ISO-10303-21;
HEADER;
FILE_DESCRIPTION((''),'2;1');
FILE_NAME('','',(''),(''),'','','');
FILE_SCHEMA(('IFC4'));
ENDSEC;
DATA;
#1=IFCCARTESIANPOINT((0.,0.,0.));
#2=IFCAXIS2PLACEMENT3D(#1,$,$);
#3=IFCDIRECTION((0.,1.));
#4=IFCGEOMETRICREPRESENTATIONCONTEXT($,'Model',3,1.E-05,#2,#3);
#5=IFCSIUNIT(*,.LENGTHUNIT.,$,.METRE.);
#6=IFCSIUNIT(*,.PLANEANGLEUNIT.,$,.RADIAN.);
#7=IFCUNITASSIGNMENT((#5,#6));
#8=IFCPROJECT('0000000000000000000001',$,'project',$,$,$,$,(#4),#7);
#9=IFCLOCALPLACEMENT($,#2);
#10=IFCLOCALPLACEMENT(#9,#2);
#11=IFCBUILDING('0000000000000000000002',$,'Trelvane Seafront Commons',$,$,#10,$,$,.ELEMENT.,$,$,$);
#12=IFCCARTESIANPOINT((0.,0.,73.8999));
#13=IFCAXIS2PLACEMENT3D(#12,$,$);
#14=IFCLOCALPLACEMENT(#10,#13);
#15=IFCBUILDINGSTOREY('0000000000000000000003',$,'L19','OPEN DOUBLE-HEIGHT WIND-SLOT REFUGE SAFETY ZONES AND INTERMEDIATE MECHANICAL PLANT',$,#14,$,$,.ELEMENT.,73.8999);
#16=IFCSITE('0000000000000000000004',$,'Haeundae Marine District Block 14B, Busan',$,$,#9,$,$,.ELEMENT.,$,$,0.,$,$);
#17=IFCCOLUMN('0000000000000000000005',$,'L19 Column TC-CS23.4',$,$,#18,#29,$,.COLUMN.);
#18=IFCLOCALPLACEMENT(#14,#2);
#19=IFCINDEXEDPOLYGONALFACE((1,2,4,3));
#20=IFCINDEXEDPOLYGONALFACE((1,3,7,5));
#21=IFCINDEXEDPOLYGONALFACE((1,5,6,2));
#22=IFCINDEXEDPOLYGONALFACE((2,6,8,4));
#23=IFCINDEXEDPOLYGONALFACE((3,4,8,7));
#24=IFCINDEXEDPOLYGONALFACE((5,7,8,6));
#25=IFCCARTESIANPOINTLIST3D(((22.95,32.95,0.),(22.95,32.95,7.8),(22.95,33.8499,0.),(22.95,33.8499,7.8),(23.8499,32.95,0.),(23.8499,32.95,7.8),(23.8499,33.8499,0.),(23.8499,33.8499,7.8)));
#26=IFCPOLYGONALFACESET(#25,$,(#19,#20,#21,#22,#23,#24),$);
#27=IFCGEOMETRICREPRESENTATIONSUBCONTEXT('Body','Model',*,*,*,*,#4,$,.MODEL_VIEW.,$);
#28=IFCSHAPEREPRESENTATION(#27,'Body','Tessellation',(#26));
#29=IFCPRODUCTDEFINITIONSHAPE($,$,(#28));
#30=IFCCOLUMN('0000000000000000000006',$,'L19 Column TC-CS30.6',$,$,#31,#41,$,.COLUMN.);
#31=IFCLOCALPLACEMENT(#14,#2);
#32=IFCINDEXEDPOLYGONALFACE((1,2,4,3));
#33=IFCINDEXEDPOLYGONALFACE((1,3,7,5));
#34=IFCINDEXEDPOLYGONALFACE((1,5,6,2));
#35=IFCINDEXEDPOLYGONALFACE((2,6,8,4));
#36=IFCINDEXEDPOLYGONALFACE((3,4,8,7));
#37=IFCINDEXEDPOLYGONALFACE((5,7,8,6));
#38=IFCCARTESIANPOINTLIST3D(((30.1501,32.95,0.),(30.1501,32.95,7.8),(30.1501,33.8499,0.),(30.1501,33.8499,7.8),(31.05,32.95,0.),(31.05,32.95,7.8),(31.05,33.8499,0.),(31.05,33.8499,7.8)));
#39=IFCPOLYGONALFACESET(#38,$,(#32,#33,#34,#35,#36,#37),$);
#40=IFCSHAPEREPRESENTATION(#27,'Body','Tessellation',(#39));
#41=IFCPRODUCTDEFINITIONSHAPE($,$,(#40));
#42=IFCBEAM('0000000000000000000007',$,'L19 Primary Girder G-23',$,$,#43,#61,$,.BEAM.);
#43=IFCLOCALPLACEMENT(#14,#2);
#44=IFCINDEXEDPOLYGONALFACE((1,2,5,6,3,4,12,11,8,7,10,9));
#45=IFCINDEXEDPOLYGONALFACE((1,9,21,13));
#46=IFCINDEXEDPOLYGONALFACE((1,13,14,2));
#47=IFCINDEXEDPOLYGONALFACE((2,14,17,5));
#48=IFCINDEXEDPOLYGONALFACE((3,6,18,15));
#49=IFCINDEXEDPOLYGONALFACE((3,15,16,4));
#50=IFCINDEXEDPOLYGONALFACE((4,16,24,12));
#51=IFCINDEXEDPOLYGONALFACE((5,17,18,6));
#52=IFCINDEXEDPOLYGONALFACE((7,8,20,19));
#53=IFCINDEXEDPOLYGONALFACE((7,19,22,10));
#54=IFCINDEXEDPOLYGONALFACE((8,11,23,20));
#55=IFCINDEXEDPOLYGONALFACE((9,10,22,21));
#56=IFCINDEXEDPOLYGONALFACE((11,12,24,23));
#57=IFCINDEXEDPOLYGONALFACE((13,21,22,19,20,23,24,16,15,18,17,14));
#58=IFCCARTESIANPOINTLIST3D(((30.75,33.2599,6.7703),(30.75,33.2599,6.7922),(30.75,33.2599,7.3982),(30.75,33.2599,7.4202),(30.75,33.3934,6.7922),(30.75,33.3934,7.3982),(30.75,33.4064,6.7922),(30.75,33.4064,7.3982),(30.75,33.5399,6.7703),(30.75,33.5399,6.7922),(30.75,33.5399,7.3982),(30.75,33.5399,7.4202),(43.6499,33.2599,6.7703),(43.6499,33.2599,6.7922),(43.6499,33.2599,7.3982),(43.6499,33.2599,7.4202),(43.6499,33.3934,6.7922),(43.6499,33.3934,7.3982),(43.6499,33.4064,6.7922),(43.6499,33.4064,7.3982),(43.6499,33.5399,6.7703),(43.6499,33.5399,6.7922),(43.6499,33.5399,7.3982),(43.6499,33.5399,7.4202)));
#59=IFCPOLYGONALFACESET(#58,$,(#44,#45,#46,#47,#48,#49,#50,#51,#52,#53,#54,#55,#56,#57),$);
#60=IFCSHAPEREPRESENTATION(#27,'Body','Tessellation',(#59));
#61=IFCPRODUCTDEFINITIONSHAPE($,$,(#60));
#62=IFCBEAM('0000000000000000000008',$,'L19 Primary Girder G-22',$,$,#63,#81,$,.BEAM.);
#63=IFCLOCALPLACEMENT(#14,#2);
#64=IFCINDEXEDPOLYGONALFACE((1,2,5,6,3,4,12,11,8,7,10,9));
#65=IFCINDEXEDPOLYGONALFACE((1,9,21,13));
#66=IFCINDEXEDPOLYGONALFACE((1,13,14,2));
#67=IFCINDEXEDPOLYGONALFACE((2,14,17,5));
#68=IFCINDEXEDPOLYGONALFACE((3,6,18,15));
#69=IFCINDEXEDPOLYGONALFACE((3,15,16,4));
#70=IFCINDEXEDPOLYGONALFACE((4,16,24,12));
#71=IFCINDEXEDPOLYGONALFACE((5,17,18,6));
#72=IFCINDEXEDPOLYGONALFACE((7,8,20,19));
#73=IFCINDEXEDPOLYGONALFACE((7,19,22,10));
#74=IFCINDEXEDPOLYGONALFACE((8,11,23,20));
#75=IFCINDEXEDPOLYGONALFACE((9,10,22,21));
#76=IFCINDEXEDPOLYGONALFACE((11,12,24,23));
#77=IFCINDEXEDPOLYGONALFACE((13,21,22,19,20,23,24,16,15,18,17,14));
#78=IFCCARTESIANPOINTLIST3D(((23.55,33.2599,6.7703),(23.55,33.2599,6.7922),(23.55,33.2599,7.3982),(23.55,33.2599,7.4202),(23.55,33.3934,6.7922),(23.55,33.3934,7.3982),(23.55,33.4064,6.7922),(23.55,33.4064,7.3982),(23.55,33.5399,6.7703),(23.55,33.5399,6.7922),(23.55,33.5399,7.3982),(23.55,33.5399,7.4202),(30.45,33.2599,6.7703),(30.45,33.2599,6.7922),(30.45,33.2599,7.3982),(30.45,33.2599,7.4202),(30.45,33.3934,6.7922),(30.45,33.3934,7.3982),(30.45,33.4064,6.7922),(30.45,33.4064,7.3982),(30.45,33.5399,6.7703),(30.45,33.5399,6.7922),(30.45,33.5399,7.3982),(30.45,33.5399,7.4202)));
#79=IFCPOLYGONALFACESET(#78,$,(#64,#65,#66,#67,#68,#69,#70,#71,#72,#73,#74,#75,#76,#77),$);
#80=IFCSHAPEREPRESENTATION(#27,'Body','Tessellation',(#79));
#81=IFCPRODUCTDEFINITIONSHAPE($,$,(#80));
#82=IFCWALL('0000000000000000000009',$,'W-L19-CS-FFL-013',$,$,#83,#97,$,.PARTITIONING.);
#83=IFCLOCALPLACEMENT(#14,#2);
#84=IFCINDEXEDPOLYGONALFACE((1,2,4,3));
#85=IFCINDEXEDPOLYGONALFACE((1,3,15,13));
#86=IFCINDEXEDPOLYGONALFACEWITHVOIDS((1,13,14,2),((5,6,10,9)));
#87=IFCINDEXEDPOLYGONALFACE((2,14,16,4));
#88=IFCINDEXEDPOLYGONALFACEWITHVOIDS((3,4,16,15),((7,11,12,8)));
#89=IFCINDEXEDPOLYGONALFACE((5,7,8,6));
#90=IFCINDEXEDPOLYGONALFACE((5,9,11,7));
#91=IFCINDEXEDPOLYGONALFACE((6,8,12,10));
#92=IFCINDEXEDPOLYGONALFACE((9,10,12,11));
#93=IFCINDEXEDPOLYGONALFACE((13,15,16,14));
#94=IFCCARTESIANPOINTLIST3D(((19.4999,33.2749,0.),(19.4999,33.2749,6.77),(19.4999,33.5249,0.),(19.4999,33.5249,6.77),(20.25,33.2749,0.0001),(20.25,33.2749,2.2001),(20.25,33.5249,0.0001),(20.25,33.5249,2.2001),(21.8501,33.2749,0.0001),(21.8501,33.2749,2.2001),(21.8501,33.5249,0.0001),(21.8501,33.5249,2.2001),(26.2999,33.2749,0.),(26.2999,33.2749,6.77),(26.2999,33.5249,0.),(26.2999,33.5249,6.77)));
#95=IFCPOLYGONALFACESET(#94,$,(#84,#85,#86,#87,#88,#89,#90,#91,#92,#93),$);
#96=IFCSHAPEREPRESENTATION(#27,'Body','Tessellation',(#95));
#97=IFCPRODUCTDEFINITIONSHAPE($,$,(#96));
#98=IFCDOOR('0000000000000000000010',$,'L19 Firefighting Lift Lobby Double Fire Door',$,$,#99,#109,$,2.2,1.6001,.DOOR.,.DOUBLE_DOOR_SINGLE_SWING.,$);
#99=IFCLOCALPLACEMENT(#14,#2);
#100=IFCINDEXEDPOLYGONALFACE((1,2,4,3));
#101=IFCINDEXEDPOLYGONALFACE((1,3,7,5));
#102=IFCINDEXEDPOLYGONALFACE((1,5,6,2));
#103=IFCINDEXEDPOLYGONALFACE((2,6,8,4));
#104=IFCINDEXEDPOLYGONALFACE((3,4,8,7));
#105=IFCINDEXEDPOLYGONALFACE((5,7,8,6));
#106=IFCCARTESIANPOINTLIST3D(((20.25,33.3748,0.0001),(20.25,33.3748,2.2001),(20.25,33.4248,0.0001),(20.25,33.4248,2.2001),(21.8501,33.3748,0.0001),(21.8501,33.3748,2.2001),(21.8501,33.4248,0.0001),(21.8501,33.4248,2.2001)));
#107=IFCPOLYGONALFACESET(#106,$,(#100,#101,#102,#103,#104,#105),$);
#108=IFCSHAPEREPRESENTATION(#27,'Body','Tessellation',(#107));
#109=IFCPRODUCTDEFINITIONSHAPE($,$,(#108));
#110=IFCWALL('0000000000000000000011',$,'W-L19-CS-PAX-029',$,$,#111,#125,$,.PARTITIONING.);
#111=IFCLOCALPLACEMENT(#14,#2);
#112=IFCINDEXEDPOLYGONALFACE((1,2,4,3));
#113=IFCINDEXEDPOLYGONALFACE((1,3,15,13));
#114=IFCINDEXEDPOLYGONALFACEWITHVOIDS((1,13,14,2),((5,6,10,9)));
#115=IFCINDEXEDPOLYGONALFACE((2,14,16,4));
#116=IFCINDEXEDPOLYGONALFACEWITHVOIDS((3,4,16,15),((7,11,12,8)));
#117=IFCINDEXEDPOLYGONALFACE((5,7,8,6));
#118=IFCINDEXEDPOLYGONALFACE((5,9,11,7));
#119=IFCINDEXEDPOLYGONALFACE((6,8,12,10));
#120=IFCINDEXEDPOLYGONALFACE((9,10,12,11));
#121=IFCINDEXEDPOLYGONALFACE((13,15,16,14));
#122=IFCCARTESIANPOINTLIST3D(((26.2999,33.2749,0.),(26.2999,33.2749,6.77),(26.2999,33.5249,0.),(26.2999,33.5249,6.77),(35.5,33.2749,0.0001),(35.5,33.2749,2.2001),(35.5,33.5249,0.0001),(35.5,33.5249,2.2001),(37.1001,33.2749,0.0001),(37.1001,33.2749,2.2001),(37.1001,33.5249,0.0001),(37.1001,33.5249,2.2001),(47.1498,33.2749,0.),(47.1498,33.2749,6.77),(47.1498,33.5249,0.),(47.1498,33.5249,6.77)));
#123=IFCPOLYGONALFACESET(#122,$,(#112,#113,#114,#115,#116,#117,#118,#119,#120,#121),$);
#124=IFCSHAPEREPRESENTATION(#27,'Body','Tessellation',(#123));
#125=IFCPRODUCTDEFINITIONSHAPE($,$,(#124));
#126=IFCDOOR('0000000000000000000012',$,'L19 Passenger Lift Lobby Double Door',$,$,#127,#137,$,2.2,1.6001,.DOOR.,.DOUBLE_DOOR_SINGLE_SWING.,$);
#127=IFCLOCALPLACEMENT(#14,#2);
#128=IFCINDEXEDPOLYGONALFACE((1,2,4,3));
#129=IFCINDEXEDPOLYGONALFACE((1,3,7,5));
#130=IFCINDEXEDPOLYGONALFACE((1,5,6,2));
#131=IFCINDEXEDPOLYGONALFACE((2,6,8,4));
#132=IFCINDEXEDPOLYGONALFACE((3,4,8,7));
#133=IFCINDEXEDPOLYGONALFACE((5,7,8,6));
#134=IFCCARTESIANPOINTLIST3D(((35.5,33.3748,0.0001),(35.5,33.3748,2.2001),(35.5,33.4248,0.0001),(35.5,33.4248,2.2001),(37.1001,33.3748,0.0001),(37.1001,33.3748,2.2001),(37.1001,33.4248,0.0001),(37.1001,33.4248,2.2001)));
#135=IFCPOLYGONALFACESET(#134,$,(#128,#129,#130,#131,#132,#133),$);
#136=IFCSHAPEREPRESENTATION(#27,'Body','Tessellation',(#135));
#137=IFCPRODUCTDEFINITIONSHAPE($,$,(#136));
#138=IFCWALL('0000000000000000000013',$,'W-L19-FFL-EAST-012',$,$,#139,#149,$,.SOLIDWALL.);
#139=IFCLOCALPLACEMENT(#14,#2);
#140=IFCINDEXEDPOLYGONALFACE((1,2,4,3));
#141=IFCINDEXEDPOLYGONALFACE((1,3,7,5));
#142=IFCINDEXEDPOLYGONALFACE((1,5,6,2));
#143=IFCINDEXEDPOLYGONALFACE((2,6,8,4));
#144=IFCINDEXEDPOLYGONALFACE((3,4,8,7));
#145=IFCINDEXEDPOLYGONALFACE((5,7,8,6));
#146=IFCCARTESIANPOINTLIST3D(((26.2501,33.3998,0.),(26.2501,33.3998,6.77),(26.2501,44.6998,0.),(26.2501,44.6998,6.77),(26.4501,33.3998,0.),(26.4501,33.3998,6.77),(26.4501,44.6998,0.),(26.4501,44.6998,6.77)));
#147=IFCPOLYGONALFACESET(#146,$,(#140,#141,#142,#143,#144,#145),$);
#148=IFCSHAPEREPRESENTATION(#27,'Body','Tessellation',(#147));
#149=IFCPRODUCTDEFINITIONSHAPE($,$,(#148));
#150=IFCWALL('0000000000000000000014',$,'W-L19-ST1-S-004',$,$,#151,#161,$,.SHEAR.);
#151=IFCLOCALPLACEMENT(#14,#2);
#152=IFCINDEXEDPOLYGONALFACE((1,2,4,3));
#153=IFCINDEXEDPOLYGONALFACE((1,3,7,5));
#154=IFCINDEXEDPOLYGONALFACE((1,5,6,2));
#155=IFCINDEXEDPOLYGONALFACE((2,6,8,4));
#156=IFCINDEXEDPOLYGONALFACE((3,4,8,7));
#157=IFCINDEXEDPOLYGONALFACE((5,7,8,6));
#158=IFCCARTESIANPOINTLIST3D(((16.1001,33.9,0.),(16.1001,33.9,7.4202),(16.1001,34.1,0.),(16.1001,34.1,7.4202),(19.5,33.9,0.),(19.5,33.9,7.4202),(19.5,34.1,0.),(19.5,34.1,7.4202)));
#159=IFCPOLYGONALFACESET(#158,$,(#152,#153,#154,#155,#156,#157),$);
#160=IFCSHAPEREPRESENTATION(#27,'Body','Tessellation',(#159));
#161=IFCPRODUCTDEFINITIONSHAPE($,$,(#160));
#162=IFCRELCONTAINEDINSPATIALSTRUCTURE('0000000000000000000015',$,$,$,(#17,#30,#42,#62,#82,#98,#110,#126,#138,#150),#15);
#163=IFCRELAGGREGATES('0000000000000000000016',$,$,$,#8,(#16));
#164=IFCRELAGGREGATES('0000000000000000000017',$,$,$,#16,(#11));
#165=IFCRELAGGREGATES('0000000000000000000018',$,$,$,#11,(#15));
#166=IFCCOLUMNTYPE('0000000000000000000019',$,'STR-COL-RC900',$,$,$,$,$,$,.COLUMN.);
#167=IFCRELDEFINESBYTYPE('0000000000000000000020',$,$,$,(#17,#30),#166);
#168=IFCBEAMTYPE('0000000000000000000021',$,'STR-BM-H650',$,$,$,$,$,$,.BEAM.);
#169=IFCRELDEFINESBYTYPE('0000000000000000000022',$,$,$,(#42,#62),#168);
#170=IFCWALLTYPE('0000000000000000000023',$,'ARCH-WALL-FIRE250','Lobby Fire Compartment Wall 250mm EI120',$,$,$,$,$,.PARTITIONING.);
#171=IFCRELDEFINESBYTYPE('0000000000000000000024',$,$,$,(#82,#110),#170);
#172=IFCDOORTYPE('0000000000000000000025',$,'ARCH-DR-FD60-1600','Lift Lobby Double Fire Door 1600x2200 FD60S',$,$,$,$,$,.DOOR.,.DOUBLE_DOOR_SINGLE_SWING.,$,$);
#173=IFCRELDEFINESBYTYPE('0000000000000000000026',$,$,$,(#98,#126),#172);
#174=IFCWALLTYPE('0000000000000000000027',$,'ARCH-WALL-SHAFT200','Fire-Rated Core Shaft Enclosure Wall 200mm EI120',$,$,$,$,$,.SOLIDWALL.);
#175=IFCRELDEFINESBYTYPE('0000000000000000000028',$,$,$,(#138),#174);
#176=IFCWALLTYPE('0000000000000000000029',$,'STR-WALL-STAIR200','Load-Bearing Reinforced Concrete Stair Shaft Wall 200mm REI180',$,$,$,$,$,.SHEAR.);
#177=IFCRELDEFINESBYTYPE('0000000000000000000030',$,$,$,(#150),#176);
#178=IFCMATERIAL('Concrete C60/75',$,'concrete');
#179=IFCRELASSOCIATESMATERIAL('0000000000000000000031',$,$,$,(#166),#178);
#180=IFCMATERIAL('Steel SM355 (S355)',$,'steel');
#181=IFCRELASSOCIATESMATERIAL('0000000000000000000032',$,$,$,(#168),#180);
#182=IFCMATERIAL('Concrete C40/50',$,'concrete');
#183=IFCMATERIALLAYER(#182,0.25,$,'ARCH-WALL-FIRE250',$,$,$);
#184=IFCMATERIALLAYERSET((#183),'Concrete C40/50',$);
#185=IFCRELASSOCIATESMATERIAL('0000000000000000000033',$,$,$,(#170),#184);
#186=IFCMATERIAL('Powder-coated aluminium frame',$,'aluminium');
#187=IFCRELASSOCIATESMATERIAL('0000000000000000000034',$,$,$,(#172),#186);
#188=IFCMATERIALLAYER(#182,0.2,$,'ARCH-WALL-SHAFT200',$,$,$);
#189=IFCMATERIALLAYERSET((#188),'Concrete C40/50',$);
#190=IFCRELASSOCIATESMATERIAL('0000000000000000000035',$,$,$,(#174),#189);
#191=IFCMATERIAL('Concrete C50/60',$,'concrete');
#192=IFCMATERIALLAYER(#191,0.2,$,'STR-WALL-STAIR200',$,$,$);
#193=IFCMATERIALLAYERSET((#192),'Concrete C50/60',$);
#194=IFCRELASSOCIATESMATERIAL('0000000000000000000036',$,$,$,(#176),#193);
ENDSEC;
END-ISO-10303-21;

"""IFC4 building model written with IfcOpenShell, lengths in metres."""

from ifc_helpers import new_model, si_unit, direction, frame, frame_2d, origin, origin_2d, place, context, subcontext, project, spatial, rectangle, i_section, extrude, source, transform, mapped, material, layer, layer_set, material_profile, profile_set, type_object, element, fill, save


model = new_model("IFC4")

# Units and contexts
model_context = context("Model", 3, precision=1e-05, world=origin(), true_north=direction((0.0, 1.0)))
body_context = subcontext(model_context, "Body", "Model", "MODEL_VIEW")
ifc_project = project(units=[si_unit("LENGTHUNIT", "METRE"), si_unit("PLANEANGLEUNIT", "RADIAN")], contexts=[model_context])

# Site, building, storey
site_placement = place(None, origin())
site = spatial("IfcSite", under=ifc_project, at=site_placement, Name="Haeundae Marine District Block 14B, Busan", CompositionType="ELEMENT", RefElevation=0.0)
building_placement = place(site_placement, origin())
building = spatial("IfcBuilding", under=site, at=building_placement, Name="Trelvane Seafront Commons", CompositionType="ELEMENT")
storey_placement = place(building_placement, frame((0.0, 0.0, 73.8999)))
storey = spatial("IfcBuildingStorey", under=building, at=storey_placement, Name="L19", Description="OPEN DOUBLE-HEIGHT WIND-SLOT REFUGE SAFETY ZONES AND INTERMEDIATE MECHANICAL PLANT", CompositionType="ELEMENT", Elevation=73.8999)

# Columns
ifc_material_1 = material(Name="Concrete C60/75", Category="concrete")
ifc_material_profile_1 = material_profile(ifc_material_1, rectangle(XDim=0.8999, YDim=0.8999, at=origin_2d()), Name="RC-900x900")
ifc_profile_set_1 = profile_set([ifc_material_profile_1], Name="Concrete C60/75")
column_type = type_object("IfcColumnType", Name="STR-COL-RC900", PredefinedType="COLUMN", material=ifc_profile_set_1)
shared_shape_1 = source(origin(), body_context, "Body", "SweptSolid", [
    extrude(rectangle(XDim=0.8999, YDim=0.8999, at=origin_2d()), origin(), (0.0, 0.0, 1.0), 7.8),
])
for number, where, z_axis, x_axis, name in (
    (1, (23.3999, 33.3999, 0.0), (0.0, 0.0, 1.0), (1.0, 0.0, 0.0), "L19 Column TC-CS23.4"),
    (2, (30.6001, 33.3999, 0.0), (0.0, 0.0, 1.0), (1.0, 0.0, 0.0), "L19 Column TC-CS30.6"),
):
    element("IfcColumn", number, at=place(storey_placement, frame(where, z_axis=z_axis, x_axis=x_axis)), inside=storey, type_object=column_type, Name=name, PredefinedType="COLUMN", context=body_context, shape_type="MappedRepresentation", body=[
        mapped(shared_shape_1, transform((0.0, 0.0, 0.0), x_axis=(1.0, 0.0, 0.0), y_axis=(0.0, 1.0, 0.0), z_axis=(0.0, 0.0, 1.0), scale=1.0)),
    ])

# Beams
ifc_material_2 = material(Name="Steel SM355 (S355)", Category="steel")
ifc_material_profile_2 = material_profile(ifc_material_2, i_section(OverallWidth=0.28, OverallDepth=0.6499, WebThickness=0.0129, FlangeThickness=0.022, at=origin_2d()), Name="H-650x280x13x22")
ifc_profile_set_2 = profile_set([ifc_material_profile_2], Name="Steel SM355 (S355)")
beam_type = type_object("IfcBeamType", Name="STR-BM-H650", PredefinedType="BEAM", material=ifc_profile_set_2)
shared_shape_2 = source(origin(), body_context, "Body", "SweptSolid", [
    extrude(i_section(OverallWidth=0.28, OverallDepth=0.6499, WebThickness=0.0129, FlangeThickness=0.022, at=origin_2d()), origin(), (0.0, 0.0, 1.0), 12.8999),
])
beam_1_placement = place(storey_placement, frame((30.75, 33.3999, 7.0952), z_axis=(1.0, 0.0, 0.0), x_axis=(0.0, 1.0, 0.0)))
element("IfcBeam", 3, at=beam_1_placement, inside=storey, type_object=beam_type, Name="L19 Primary Girder G-23", PredefinedType="BEAM", context=body_context, shape_type="MappedRepresentation", body=[
    mapped(shared_shape_2, transform((0.0, 0.0, 0.0), x_axis=(1.0, 0.0, 0.0), y_axis=(0.0, 1.0, 0.0), z_axis=(0.0, 0.0, 1.0), scale=1.0)),
])
shared_shape_3 = source(origin(), body_context, "Body", "SweptSolid", [
    extrude(i_section(OverallWidth=0.28, OverallDepth=0.6499, WebThickness=0.0129, FlangeThickness=0.022, at=origin_2d()), origin(), (0.0, 0.0, 1.0), 6.8999),
])
beam_2_placement = place(storey_placement, frame((23.55, 33.3999, 7.0952), z_axis=(1.0, 0.0, 0.0), x_axis=(0.0, 1.0, 0.0)))
element("IfcBeam", 4, at=beam_2_placement, inside=storey, type_object=beam_type, Name="L19 Primary Girder G-22", PredefinedType="BEAM", context=body_context, shape_type="MappedRepresentation", body=[
    mapped(shared_shape_3, transform((0.0, 0.0, 0.0), x_axis=(1.0, 0.0, 0.0), y_axis=(0.0, 1.0, 0.0), z_axis=(0.0, 0.0, 1.0), scale=1.0)),
])

# Walls, openings, doors
ifc_material_3 = material(Name="Concrete C40/50", Category="concrete")
ifc_layer_1 = layer(ifc_material_3, 0.25, Name="ARCH-WALL-FIRE250")
ifc_layer_set_1 = layer_set([ifc_layer_1], Name="Concrete C40/50")
wall_type_1 = type_object("IfcWallType", Name="ARCH-WALL-FIRE250", Description="Lobby Fire Compartment Wall 250mm EI120", PredefinedType="PARTITIONING", material=ifc_layer_set_1)
wall_1_placement = place(storey_placement, frame((19.5, 33.3999, 0.0), z_axis=(0.0, 0.0, 1.0), x_axis=(1.0, 0.0, 0.0)))
wall_1 = element("IfcWall", 5, at=wall_1_placement, inside=storey, type_object=wall_type_1, Name="W-L19-CS-FFL-013", PredefinedType="PARTITIONING", context=body_context, shape_type="SweptSolid", body=[
    extrude(rectangle(XDim=6.8, YDim=0.25, at=frame_2d((3.3999, 0.0))), origin(), (0.0, 0.0, 1.0), 6.77),
])
opening_1_placement = place(wall_1_placement, frame((0.75, 0.0, 0.0)))
opening_1 = element("IfcOpeningElement", 6, at=opening_1_placement, cuts=wall_1, PredefinedType="OPENING", context=body_context, shape_type="SweptSolid", body=[
    extrude(rectangle(XDim=1.6001, YDim=2.2, at=frame_2d((0.8, 1.1001))), frame((0.0, 0.135, 0.0), z_axis=(0.0, -1.0, 0.0), x_axis=(1.0, 0.0, 0.0)), (0.0, 0.0, 1.0), 0.27),
])
ifc_material_4 = material(Name="Powder-coated aluminium frame", Category="aluminium")
door_type_1 = type_object("IfcDoorType", Name="ARCH-DR-FD60-1600", Description="Lift Lobby Double Fire Door 1600x2200 FD60S", OperationType="DOUBLE_DOOR_SINGLE_SWING", PredefinedType="DOOR", material=ifc_material_4)
shared_shape_4 = source(origin(), body_context, "Body", "SweptSolid", [
    extrude(rectangle(XDim=1.6001, YDim=2.2, at=frame_2d((0.8, 1.1001))), frame((0.0, 0.0249, 0.0), z_axis=(0.0, -1.0, 0.0), x_axis=(1.0, 0.0, 0.0)), (0.0, 0.0, 1.0), 0.05),
])
door_1_placement = place(opening_1_placement, origin())
door_1 = element("IfcDoor", 7, at=door_1_placement, inside=storey, type_object=door_type_1, Name="L19 Firefighting Lift Lobby Double Fire Door", OperationType="DOUBLE_DOOR_SINGLE_SWING", OverallHeight=2.2, OverallWidth=1.6001, PredefinedType="DOOR", context=body_context, shape_type="MappedRepresentation", body=[
    mapped(shared_shape_4, transform((0.0, 0.0, 0.0), x_axis=(1.0, 0.0, 0.0), y_axis=(0.0, 1.0, 0.0), z_axis=(0.0, 0.0, 1.0), scale=1.0)),
])
fill(opening_1, door_1)
wall_2_placement = place(storey_placement, frame((26.3, 33.3999, 0.0), z_axis=(0.0, 0.0, 1.0), x_axis=(1.0, 0.0, 0.0)))
wall_2 = element("IfcWall", 8, at=wall_2_placement, inside=storey, type_object=wall_type_1, Name="W-L19-CS-PAX-029", PredefinedType="PARTITIONING", context=body_context, shape_type="SweptSolid", body=[
    extrude(rectangle(XDim=20.8499, YDim=0.25, at=frame_2d((10.4248, 0.0))), origin(), (0.0, 0.0, 1.0), 6.77),
])
opening_2_placement = place(wall_2_placement, frame((9.2, 0.0, 0.0)))
opening_2 = element("IfcOpeningElement", 9, at=opening_2_placement, cuts=wall_2, PredefinedType="OPENING", context=body_context, shape_type="SweptSolid", body=[
    extrude(rectangle(XDim=1.6001, YDim=2.2, at=frame_2d((0.8, 1.1001))), frame((0.0, 0.135, 0.0), z_axis=(0.0, -1.0, 0.0), x_axis=(1.0, 0.0, 0.0)), (0.0, 0.0, 1.0), 0.27),
])
door_2_placement = place(opening_2_placement, origin())
door_2 = element("IfcDoor", 10, at=door_2_placement, inside=storey, type_object=door_type_1, Name="L19 Passenger Lift Lobby Double Door", OperationType="DOUBLE_DOOR_SINGLE_SWING", OverallHeight=2.2, OverallWidth=1.6001, PredefinedType="DOOR", context=body_context, shape_type="MappedRepresentation", body=[
    mapped(shared_shape_4, transform((0.0, 0.0, 0.0), x_axis=(1.0, 0.0, 0.0), y_axis=(0.0, 1.0, 0.0), z_axis=(0.0, 0.0, 1.0), scale=1.0)),
])
fill(opening_2, door_2)

# Walls
ifc_layer_2 = layer(ifc_material_3, 0.2, Name="ARCH-WALL-SHAFT200")
ifc_layer_set_2 = layer_set([ifc_layer_2], Name="Concrete C40/50")
wall_type_2 = type_object("IfcWallType", Name="ARCH-WALL-SHAFT200", Description="Fire-Rated Core Shaft Enclosure Wall 200mm EI120", PredefinedType="SOLIDWALL", material=ifc_layer_set_2)
wall_3_placement = place(storey_placement, frame((26.3501, 33.3999, 0.0), z_axis=(0.0, 0.0, 1.0), x_axis=(0.0, 1.0, 0.0)))
element("IfcWall", 11, at=wall_3_placement, inside=storey, type_object=wall_type_2, Name="W-L19-FFL-EAST-012", PredefinedType="SOLIDWALL", context=body_context, shape_type="SweptSolid", body=[
    extrude(rectangle(XDim=11.3, YDim=0.2, at=frame_2d((5.6499, 0.0))), origin(), (0.0, 0.0, 1.0), 6.77),
])
ifc_material_5 = material(Name="Concrete C50/60", Category="concrete")
ifc_layer_3 = layer(ifc_material_5, 0.2, Name="STR-WALL-STAIR200")
ifc_layer_set_3 = layer_set([ifc_layer_3], Name="Concrete C50/60")
wall_type_3 = type_object("IfcWallType", Name="STR-WALL-STAIR200", Description="Load-Bearing Reinforced Concrete Stair Shaft Wall 200mm REI180", PredefinedType="SHEAR", material=ifc_layer_set_3)
wall_4_placement = place(storey_placement, frame((16.1001, 34.0, 0.0), z_axis=(0.0, 0.0, 1.0), x_axis=(1.0, 0.0, 0.0)))
element("IfcWall", 12, at=wall_4_placement, inside=storey, type_object=wall_type_3, Name="W-L19-ST1-S-004", PredefinedType="SHEAR", context=body_context, shape_type="SweptSolid", body=[
    extrude(rectangle(XDim=3.3999, YDim=0.2, at=frame_2d((1.7, 0.0))), origin(), (0.0, 0.0, 1.0), 7.4202),
])

save(model, "model.ifc")
